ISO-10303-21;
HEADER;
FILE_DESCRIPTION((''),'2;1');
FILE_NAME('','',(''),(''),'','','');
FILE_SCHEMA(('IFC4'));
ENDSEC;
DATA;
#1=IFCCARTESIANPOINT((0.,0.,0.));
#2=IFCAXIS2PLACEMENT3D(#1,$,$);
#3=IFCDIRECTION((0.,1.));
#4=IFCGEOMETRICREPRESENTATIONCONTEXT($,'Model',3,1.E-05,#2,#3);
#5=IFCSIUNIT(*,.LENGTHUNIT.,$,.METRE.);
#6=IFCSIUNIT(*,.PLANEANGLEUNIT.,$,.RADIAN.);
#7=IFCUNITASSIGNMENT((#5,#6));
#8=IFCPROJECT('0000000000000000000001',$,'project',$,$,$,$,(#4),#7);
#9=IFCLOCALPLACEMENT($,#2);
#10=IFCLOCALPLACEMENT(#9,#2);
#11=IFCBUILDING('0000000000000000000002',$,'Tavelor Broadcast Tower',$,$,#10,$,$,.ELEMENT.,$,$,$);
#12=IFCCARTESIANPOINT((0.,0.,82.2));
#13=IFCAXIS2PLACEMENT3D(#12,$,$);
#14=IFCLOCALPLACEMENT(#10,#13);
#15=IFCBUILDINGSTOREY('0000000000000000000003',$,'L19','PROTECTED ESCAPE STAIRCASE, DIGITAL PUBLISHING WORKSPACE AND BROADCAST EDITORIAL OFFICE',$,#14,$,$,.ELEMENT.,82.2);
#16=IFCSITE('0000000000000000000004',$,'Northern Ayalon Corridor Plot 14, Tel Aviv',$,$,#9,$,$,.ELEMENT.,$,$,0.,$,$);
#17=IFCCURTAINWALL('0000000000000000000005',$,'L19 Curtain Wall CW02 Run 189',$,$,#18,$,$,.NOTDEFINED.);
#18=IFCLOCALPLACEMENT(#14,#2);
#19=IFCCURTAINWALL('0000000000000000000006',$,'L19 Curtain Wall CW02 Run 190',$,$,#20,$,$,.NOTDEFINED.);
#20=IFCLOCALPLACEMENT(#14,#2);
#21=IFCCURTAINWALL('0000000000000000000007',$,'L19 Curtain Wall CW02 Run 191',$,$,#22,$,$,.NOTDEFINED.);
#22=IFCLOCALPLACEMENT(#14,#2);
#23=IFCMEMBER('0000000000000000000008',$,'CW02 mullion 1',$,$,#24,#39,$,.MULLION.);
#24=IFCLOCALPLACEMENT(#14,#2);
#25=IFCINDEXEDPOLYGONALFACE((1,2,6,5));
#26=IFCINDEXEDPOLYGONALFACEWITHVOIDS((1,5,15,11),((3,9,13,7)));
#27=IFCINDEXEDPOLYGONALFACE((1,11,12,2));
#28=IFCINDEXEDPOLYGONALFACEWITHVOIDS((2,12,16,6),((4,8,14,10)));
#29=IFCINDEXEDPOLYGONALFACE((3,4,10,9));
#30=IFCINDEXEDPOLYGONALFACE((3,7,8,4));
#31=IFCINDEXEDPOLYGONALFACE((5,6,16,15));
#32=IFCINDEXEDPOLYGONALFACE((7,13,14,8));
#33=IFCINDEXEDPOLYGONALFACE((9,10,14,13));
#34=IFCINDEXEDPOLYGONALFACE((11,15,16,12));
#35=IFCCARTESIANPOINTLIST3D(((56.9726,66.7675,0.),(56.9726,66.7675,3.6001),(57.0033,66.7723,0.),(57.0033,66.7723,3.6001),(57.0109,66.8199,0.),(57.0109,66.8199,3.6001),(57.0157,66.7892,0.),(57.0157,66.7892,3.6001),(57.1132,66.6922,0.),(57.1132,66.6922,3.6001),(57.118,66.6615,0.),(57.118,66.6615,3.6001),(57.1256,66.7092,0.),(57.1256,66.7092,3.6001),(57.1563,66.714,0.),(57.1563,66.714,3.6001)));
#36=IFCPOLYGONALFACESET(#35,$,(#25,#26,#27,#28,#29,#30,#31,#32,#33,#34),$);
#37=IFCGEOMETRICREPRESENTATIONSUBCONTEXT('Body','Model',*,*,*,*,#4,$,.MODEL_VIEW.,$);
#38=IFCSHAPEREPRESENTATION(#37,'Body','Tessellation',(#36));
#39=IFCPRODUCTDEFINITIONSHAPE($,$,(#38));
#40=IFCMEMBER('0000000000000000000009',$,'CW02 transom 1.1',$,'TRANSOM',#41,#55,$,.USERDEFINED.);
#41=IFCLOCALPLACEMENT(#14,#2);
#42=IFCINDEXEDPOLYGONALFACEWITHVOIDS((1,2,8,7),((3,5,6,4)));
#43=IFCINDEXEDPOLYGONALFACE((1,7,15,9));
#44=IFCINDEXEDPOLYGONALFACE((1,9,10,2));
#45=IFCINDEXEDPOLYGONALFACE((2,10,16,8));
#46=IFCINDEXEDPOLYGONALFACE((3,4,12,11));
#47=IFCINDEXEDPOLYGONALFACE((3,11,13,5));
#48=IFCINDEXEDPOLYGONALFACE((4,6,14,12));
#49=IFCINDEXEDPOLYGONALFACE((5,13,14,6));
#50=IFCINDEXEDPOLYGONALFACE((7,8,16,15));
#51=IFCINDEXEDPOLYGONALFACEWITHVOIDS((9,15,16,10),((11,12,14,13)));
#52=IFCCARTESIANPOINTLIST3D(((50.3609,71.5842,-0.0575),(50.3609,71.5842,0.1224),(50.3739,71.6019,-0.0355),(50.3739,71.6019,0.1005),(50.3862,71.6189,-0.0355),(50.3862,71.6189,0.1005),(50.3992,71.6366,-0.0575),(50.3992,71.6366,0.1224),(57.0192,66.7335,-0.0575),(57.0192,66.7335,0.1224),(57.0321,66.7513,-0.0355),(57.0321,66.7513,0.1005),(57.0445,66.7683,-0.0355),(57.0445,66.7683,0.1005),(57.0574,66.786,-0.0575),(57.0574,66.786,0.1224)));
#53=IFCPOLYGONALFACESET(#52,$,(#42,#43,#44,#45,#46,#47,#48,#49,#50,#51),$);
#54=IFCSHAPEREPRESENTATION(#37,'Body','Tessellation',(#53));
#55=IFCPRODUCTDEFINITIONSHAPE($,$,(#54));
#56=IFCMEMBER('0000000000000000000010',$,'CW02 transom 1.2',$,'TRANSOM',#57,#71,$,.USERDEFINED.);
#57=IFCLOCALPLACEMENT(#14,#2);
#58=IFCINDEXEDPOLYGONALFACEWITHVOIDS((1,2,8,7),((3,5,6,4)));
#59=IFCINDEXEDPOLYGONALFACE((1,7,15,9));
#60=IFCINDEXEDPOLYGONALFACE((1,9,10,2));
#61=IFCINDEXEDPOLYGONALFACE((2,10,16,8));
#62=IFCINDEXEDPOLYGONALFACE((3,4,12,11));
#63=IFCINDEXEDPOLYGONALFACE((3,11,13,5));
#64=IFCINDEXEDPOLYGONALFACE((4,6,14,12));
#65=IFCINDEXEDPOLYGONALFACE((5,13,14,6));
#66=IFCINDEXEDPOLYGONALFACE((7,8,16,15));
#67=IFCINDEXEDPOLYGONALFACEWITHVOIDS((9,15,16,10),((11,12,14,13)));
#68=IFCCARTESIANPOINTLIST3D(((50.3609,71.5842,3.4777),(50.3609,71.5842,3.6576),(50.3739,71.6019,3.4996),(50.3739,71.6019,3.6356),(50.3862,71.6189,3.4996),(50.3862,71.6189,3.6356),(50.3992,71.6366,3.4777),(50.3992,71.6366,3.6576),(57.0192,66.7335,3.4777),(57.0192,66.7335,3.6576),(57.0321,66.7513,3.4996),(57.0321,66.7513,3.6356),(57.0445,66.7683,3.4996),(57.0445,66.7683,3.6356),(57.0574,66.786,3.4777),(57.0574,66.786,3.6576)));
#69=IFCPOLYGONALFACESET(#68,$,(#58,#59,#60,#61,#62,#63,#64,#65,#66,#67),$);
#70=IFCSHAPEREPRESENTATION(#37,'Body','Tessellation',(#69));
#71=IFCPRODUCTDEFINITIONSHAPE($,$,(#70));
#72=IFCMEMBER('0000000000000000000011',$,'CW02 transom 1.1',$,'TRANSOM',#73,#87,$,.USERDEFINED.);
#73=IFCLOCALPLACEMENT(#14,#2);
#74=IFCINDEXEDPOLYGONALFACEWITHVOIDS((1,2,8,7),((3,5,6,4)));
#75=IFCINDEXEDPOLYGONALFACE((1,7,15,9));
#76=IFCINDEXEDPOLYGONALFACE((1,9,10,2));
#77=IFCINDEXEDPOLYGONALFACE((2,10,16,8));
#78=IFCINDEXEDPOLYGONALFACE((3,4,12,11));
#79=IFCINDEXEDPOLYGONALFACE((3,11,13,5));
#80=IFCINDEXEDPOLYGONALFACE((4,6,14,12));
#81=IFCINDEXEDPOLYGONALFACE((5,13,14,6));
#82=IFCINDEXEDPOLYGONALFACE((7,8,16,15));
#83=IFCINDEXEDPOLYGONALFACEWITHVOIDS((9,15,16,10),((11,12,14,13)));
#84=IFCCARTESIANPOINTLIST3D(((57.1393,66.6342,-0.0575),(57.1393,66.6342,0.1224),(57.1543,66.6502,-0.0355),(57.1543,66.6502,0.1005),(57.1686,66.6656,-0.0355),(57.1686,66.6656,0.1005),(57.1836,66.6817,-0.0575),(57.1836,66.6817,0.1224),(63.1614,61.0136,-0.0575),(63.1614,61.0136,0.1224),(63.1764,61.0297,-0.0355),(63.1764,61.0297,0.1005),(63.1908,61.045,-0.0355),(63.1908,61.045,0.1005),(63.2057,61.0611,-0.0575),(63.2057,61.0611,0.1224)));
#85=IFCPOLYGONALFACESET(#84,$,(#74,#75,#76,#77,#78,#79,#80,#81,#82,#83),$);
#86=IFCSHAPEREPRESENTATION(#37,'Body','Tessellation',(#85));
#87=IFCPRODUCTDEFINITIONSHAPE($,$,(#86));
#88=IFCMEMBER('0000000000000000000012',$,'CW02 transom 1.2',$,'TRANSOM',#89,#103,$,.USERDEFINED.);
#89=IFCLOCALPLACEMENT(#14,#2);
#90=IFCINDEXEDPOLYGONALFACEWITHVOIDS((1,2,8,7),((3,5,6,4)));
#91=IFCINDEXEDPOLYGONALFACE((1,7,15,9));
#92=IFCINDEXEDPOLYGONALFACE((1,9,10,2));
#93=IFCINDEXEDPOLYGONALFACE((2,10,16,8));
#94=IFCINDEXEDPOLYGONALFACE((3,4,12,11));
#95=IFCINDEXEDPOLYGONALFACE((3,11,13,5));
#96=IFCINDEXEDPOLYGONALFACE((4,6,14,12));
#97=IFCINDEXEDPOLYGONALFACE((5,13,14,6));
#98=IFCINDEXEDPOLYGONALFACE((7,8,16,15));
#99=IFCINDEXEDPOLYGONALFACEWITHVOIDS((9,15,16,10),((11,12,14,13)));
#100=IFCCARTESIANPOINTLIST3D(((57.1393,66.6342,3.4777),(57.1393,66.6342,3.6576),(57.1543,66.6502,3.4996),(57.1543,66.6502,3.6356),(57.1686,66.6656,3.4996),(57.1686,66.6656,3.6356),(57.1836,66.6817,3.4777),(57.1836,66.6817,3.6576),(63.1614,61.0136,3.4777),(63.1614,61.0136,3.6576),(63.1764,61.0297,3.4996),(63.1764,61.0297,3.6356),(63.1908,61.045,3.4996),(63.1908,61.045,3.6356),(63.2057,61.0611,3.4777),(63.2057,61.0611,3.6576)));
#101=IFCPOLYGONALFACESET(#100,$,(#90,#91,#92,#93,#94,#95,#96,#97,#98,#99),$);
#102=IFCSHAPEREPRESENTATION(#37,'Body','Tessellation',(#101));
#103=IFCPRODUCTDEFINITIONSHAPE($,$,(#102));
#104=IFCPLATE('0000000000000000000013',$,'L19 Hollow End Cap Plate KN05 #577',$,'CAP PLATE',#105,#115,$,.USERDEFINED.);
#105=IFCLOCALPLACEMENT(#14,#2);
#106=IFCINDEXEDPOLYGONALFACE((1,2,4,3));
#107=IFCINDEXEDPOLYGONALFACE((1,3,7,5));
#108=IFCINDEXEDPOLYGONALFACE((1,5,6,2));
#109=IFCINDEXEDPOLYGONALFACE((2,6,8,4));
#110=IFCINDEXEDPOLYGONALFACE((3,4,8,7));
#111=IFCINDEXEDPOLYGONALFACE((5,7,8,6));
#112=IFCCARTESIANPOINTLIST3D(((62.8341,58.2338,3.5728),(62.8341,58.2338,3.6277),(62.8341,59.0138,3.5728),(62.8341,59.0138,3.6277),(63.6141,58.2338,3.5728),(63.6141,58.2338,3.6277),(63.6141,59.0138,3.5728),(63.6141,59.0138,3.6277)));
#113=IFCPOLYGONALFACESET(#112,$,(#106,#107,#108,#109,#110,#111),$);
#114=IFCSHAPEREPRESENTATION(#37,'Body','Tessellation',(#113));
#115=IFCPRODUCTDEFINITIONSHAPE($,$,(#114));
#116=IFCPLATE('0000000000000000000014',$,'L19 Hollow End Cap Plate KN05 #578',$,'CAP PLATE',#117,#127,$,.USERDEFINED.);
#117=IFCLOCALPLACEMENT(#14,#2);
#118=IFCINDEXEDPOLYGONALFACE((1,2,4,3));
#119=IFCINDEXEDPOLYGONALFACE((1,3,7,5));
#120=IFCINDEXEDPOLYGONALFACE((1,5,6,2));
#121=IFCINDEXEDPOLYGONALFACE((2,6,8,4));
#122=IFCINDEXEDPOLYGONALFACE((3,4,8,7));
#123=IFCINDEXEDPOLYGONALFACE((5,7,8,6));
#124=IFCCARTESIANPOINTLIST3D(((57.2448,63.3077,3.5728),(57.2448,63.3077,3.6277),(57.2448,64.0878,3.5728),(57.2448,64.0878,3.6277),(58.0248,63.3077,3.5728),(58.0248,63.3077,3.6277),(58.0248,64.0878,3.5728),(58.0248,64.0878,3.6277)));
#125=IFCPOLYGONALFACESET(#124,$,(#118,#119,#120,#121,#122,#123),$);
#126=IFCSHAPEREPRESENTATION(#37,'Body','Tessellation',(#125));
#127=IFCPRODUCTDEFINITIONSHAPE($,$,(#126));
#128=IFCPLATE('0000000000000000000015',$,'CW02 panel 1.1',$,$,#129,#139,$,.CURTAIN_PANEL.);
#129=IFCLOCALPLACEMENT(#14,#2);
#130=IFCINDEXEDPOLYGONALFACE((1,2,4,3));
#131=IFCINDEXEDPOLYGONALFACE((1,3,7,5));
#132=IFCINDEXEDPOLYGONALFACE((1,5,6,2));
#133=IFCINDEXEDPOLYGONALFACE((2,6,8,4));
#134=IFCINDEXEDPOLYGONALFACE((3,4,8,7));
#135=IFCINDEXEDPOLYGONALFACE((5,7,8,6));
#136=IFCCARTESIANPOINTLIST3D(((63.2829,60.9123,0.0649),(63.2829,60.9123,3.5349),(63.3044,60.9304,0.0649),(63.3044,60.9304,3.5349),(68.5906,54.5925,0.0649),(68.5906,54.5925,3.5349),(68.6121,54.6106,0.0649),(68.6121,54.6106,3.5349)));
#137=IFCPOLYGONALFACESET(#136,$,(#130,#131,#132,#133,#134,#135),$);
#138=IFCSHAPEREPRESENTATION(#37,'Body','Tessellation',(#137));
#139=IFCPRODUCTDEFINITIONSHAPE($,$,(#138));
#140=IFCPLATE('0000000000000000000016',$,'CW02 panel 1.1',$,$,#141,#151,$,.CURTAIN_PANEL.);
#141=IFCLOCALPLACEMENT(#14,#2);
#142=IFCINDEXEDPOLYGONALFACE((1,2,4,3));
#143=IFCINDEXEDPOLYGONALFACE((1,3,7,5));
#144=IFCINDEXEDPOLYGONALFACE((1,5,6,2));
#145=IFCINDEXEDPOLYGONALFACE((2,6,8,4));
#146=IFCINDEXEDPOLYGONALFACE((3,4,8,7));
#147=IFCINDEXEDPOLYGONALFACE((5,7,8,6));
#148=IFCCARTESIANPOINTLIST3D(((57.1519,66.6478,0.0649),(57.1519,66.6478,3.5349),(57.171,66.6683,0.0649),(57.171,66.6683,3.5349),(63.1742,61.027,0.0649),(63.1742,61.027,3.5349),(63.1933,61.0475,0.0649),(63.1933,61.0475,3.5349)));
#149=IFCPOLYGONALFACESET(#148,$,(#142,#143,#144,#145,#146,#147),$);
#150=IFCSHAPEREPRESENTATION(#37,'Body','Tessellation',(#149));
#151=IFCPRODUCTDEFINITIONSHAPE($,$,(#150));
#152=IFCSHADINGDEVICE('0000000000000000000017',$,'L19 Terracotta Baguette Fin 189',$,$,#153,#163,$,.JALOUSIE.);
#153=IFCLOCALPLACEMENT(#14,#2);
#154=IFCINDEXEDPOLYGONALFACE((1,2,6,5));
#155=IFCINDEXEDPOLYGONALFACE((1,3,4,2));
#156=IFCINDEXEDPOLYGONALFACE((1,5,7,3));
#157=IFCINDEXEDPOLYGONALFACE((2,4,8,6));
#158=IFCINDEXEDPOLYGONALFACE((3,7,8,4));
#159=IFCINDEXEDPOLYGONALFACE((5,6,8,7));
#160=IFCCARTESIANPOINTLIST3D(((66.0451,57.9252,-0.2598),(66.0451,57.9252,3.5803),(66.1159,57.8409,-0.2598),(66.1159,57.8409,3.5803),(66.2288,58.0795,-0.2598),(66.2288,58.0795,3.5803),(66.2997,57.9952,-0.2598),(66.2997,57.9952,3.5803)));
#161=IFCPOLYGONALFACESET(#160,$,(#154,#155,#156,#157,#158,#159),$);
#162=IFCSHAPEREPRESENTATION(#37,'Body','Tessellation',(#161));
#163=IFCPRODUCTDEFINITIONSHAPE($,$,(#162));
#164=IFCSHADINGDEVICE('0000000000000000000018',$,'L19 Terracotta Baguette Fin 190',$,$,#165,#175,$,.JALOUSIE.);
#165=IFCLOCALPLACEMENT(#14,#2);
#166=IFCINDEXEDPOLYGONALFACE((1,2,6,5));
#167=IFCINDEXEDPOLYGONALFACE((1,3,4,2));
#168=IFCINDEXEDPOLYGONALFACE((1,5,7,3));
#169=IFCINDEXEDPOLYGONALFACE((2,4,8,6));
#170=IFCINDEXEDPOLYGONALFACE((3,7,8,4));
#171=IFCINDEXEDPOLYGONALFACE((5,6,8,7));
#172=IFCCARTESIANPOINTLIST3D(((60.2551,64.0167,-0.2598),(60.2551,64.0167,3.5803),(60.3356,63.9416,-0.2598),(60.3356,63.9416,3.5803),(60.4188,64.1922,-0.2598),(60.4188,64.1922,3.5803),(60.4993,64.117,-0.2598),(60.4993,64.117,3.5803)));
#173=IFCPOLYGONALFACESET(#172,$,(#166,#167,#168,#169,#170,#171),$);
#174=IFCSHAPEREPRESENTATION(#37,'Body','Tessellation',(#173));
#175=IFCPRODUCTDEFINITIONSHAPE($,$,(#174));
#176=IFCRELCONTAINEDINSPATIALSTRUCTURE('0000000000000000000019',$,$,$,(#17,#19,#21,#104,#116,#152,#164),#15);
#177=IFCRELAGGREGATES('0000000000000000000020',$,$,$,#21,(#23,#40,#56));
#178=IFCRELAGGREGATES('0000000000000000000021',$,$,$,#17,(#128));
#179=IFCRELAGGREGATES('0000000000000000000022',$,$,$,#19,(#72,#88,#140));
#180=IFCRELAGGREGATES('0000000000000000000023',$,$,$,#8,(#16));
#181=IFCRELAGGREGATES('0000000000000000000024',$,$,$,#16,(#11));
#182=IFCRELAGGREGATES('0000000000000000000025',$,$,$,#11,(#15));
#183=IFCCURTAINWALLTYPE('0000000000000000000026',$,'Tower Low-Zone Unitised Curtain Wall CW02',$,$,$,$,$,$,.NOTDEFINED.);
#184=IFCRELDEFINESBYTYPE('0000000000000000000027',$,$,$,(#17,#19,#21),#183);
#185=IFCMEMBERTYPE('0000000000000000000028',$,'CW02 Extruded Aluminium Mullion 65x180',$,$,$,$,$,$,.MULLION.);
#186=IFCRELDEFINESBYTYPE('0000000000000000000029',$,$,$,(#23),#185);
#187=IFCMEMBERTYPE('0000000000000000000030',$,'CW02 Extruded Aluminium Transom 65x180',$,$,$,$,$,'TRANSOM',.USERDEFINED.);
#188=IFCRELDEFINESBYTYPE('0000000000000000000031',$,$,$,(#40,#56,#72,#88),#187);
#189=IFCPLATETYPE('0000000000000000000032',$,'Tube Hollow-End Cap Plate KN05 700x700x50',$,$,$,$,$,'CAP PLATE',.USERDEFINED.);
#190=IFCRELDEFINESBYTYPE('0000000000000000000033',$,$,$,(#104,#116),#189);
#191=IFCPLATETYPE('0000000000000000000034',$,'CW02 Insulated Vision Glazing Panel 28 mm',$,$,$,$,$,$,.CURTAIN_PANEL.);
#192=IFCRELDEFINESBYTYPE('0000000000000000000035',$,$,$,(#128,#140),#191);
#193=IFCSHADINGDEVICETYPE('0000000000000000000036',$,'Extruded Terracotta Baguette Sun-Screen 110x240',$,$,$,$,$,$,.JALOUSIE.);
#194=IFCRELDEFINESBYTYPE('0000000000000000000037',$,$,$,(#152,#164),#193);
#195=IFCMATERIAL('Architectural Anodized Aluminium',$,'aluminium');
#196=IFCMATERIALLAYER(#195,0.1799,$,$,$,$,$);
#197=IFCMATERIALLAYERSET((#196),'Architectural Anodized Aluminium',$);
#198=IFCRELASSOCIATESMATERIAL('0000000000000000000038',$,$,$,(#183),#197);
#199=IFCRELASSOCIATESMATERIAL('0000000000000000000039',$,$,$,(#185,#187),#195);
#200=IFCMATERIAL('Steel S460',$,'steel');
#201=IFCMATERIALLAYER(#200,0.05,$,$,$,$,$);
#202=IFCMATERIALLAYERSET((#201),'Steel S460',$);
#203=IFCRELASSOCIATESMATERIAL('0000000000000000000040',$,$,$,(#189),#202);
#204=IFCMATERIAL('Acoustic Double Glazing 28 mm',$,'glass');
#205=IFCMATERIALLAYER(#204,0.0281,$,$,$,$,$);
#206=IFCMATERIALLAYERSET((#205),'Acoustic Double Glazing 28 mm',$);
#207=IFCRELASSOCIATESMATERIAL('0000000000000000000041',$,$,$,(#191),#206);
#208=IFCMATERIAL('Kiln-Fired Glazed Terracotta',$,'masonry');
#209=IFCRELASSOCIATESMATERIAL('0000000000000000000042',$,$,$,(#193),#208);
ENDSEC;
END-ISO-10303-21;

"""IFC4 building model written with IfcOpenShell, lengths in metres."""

from ifc_helpers import new_model, si_unit, direction, frame, origin, origin_2d, place, context, subcontext, project, spatial, rectangle, hollow_rectangle, extrude, source, transform, mapped, material, layer, layer_set, material_profile, profile_set, type_object, type_shapes, element, aggregate, save


model = new_model("IFC4")

# Units and contexts
model_context = context("Model", 3, precision=1e-05, world=origin(), true_north=direction((0.0, 1.0)))
body_context = subcontext(model_context, "Body", "Model", "MODEL_VIEW")
ifc_project = project(units=[si_unit("LENGTHUNIT", "METRE"), si_unit("PLANEANGLEUNIT", "RADIAN")], contexts=[model_context])

# Site, building, storey
site_placement = place(None, origin())
site = spatial("IfcSite", under=ifc_project, at=site_placement, Name="Northern Ayalon Corridor Plot 14, Tel Aviv", CompositionType="ELEMENT", RefElevation=0.0)
building_placement = place(site_placement, origin())
building = spatial("IfcBuilding", under=site, at=building_placement, Name="Tavelor Broadcast Tower", CompositionType="ELEMENT")
storey_placement = place(building_placement, frame((0.0, 0.0, 82.2)))
storey = spatial("IfcBuildingStorey", under=building, at=storey_placement, Name="L19", Description="PROTECTED ESCAPE STAIRCASE, DIGITAL PUBLISHING WORKSPACE AND BROADCAST EDITORIAL OFFICE", CompositionType="ELEMENT", Elevation=82.2)

# Shared definitions
ifc_material_1 = material(Name="Steel S460", Category="steel")

# Curtain wall
ifc_material_2 = material(Name="Architectural Anodized Aluminium", Category="aluminium")
ifc_layer_1 = layer(ifc_material_2, 0.1799)
ifc_layer_set_1 = layer_set([ifc_layer_1], Name="Architectural Anodized Aluminium")
curtain_wall_type = type_object("IfcCurtainWallType", Name="Tower Low-Zone Unitised Curtain Wall CW02", PredefinedType="NOTDEFINED", material=ifc_layer_set_1)
curtain_wall_1_placement = place(storey_placement, origin())
curtain_wall_1 = element("IfcCurtainWall", 1, at=curtain_wall_1_placement, inside=storey, type_object=curtain_wall_type, Name="L19 Curtain Wall CW02 Run 189", PredefinedType="NOTDEFINED")
ifc_material_profile_1 = material_profile(ifc_material_2, hollow_rectangle(XDim=0.0649, YDim=0.1799, WallThickness=0.022, at=origin_2d()), Name="RHS 65x180x22")
ifc_profile_set_1 = profile_set([ifc_material_profile_1], Name="Architectural Anodized Aluminium")
member_type_1 = type_object("IfcMemberType", Name="CW02 Extruded Aluminium Mullion 65x180", PredefinedType="MULLION", material=ifc_profile_set_1)
shared_shape_1 = source(origin(), body_context, "Body", "SweptSolid", [
    extrude(hollow_rectangle(XDim=0.0649, YDim=0.1799, WallThickness=0.022, at=origin_2d()), origin(), (0.0, 0.0, 1.0), 3.6001),
])
type_shapes(member_type_1, [shared_shape_1])

# Curtain walls, members
curtain_wall_2_placement = place(storey_placement, origin())
curtain_wall_2 = element("IfcCurtainWall", 2, at=curtain_wall_2_placement, inside=storey, type_object=curtain_wall_type, Name="L19 Curtain Wall CW02 Run 190", PredefinedType="NOTDEFINED")
curtain_wall_3_placement = place(storey_placement, origin())
curtain_wall_3 = element("IfcCurtainWall", 3, at=curtain_wall_3_placement, inside=storey, type_object=curtain_wall_type, Name="L19 Curtain Wall CW02 Run 191", PredefinedType="NOTDEFINED")
member_1_placement = place(storey_placement, frame((57.0645, 66.7407, 0.0), z_axis=(0.0, 0.0, 1.0), x_axis=(-0.588831, -0.808256, 0.0)))
member_1 = element("IfcMember", 4, at=member_1_placement, type_object=member_type_1, Name="CW02 mullion 1", PredefinedType="MULLION", context=body_context, shape_type="MappedRepresentation", body=[
    mapped(shared_shape_1, transform((0.0, 0.0, 0.0), scale=1.0)),
])
ifc_material_profile_2 = material_profile(ifc_material_2, hollow_rectangle(XDim=0.0649, YDim=0.1799, WallThickness=0.022, at=origin_2d()), Name="RHS 65x180x22")
ifc_profile_set_2 = profile_set([ifc_material_profile_2], Name="Architectural Anodized Aluminium")
member_type_2 = type_object("IfcMemberType", Name="CW02 Extruded Aluminium Transom 65x180", ElementType="TRANSOM", PredefinedType="USERDEFINED", material=ifc_profile_set_2)
shared_shape_2 = source(origin(), body_context, "Body", "SweptSolid", [
    extrude(hollow_rectangle(XDim=0.0649, YDim=0.1799, WallThickness=0.022, at=origin_2d()), origin(), (0.0, 0.0, 1.0), 8.2378),
])
member_2_placement = place(storey_placement, frame((57.0383, 66.7598, 0.0325), z_axis=(-0.808259, 0.588827, 0.0), x_axis=(-0.588827, -0.808259, 0.0)))
member_2 = element("IfcMember", 5, at=member_2_placement, type_object=member_type_2, Name="CW02 transom 1.1", ObjectType="TRANSOM", PredefinedType="USERDEFINED", context=body_context, shape_type="MappedRepresentation", body=[
    mapped(shared_shape_2, transform((0.0, 0.0, 0.0), scale=1.0)),
])
member_3_placement = place(storey_placement, frame((57.0383, 66.7598, 3.5676), z_axis=(-0.808259, 0.588827, 0.0), x_axis=(-0.588827, -0.808259, 0.0)))
member_3 = element("IfcMember", 6, at=member_3_placement, type_object=member_type_2, Name="CW02 transom 1.2", ObjectType="TRANSOM", PredefinedType="USERDEFINED", context=body_context, shape_type="MappedRepresentation", body=[
    mapped(shared_shape_2, transform((0.0, 0.0, 0.0), scale=1.0)),
])
aggregate(curtain_wall_3, [member_1, member_2, member_3])

# Members
shared_shape_3 = source(origin(), body_context, "Body", "SweptSolid", [
    extrude(hollow_rectangle(XDim=0.0649, YDim=0.1799, WallThickness=0.022, at=origin_2d()), origin(), (0.0, 0.0, 1.0), 8.2375),
])
type_shapes(member_type_2, [shared_shape_2, shared_shape_3])
member_4_placement = place(storey_placement, frame((63.1836, 61.0374, 0.0325), z_axis=(-0.731063, 0.68231, 0.0), x_axis=(-0.68231, -0.731063, 0.0)))
member_4 = element("IfcMember", 7, at=member_4_placement, type_object=member_type_2, Name="CW02 transom 1.1", ObjectType="TRANSOM", PredefinedType="USERDEFINED", context=body_context, shape_type="MappedRepresentation", body=[
    mapped(shared_shape_3, transform((0.0, 0.0, 0.0), scale=1.0)),
])
member_5_placement = place(storey_placement, frame((63.1836, 61.0374, 3.5676), z_axis=(-0.731063, 0.68231, 0.0), x_axis=(-0.68231, -0.731063, 0.0)))
member_5 = element("IfcMember", 8, at=member_5_placement, type_object=member_type_2, Name="CW02 transom 1.2", ObjectType="TRANSOM", PredefinedType="USERDEFINED", context=body_context, shape_type="MappedRepresentation", body=[
    mapped(shared_shape_3, transform((0.0, 0.0, 0.0), scale=1.0)),
])

# Plates
ifc_layer_2 = layer(ifc_material_1, 0.05)
ifc_layer_set_2 = layer_set([ifc_layer_2], Name="Steel S460")
plate_type_1 = type_object("IfcPlateType", Name="Tube Hollow-End Cap Plate KN05 700x700x50", ElementType="CAP PLATE", PredefinedType="USERDEFINED", material=ifc_layer_set_2)
shared_shape_4 = source(origin(), body_context, "Body", "SweptSolid", [
    extrude(rectangle(XDim=0.78, YDim=0.78, at=origin_2d()), origin(), (0.0, 0.0, 1.0), 0.0549),
])
type_shapes(plate_type_1, [shared_shape_4])
for number, where, z_axis, x_axis, name in (
    (9, (63.2241, 58.6238, 3.5728), (0.0, 0.0, 1.0), (1.0, 0.0, 0.0), "L19 Hollow End Cap Plate KN05 #577"),
    (10, (57.6348, 63.6978, 3.5728), (0.0, 0.0, 1.0), (1.0, 0.0, 0.0), "L19 Hollow End Cap Plate KN05 #578"),
):
    element("IfcPlate", number, at=place(storey_placement, frame(where, z_axis=z_axis, x_axis=x_axis)), inside=storey, type_object=plate_type_1, Name=name, ObjectType="CAP PLATE", PredefinedType="USERDEFINED", context=body_context, shape_type="MappedRepresentation", body=[
        mapped(shared_shape_4, transform((0.0, 0.0, 0.0), scale=1.0)),
    ])

# Plates
ifc_material_3 = material(Name="Acoustic Double Glazing 28 mm", Category="glass")
ifc_layer_3 = layer(ifc_material_3, 0.0281)
ifc_layer_set_3 = layer_set([ifc_layer_3], Name="Acoustic Double Glazing 28 mm")
plate_type_2 = type_object("IfcPlateType", Name="CW02 Insulated Vision Glazing Panel 28 mm", PredefinedType="CURTAIN_PANEL", material=ifc_layer_set_3)
shared_shape_5 = source(origin(), body_context, "Body", "SweptSolid", [
    extrude(rectangle(XDim=8.2529, YDim=0.0281, at=origin_2d()), origin(), (0.0, 0.0, 1.0), 3.47),
])
plate_1_placement = place(storey_placement, frame((65.9475, 57.7615, 0.0649), z_axis=(0.0, 0.0, 1.0), x_axis=(-0.643121, 0.765764, 0.0)))
plate_1 = element("IfcPlate", 11, at=plate_1_placement, type_object=plate_type_2, Name="CW02 panel 1.1", PredefinedType="CURTAIN_PANEL", context=body_context, shape_type="MappedRepresentation", body=[
    mapped(shared_shape_5, transform((0.0, 0.0, 0.0), scale=1.0)),
])
aggregate(curtain_wall_1, [plate_1])
shared_shape_6 = source(origin(), body_context, "Body", "SweptSolid", [
    extrude(rectangle(XDim=8.2378, YDim=0.0281, at=origin_2d()), origin(), (0.0, 0.0, 1.0), 3.47),
])
type_shapes(plate_type_2, [shared_shape_5, shared_shape_6])
plate_2_placement = place(storey_placement, frame((60.1726, 63.8477, 0.0649), z_axis=(0.0, 0.0, 1.0), x_axis=(-0.731054, 0.68232, 0.0)))
plate_2 = element("IfcPlate", 12, at=plate_2_placement, type_object=plate_type_2, Name="CW02 panel 1.1", PredefinedType="CURTAIN_PANEL", context=body_context, shape_type="MappedRepresentation", body=[
    mapped(shared_shape_6, transform((0.0, 0.0, 0.0), scale=1.0)),
])
aggregate(curtain_wall_2, [member_4, member_5, plate_2])

# Shading devices
ifc_material_4 = material(Name="Kiln-Fired Glazed Terracotta", Category="masonry")
shading_device_type = type_object("IfcShadingDeviceType", Name="Extruded Terracotta Baguette Sun-Screen 110x240", PredefinedType="JALOUSIE", material=ifc_material_4)
shared_shape_7 = source(origin(), body_context, "Body", "SweptSolid", [
    extrude(rectangle(XDim=0.1101, YDim=0.24, at=origin_2d()), origin(), (0.0, 0.0, 1.0), 3.8401),
])
type_shapes(shading_device_type, [shared_shape_7])
for number, where, z_axis, x_axis, name in (
    (13, (66.1724, 57.9602, -0.2598), (0.0, 0.0, 1.0), (-0.643189, 0.765708, 0.0), "L19 Terracotta Baguette Fin 189"),
    (14, (60.3772, 64.0669, -0.2598), (0.0, 0.0, 1.0), (-0.730997, 0.682381, 0.0), "L19 Terracotta Baguette Fin 190"),
):
    element("IfcShadingDevice", number, at=place(storey_placement, frame(where, z_axis=z_axis, x_axis=x_axis)), inside=storey, type_object=shading_device_type, Name=name, PredefinedType="JALOUSIE", context=body_context, shape_type="MappedRepresentation", body=[
        mapped(shared_shape_7, transform((0.0, 0.0, 0.0), scale=1.0)),
    ])

save(model, "model.ifc")
